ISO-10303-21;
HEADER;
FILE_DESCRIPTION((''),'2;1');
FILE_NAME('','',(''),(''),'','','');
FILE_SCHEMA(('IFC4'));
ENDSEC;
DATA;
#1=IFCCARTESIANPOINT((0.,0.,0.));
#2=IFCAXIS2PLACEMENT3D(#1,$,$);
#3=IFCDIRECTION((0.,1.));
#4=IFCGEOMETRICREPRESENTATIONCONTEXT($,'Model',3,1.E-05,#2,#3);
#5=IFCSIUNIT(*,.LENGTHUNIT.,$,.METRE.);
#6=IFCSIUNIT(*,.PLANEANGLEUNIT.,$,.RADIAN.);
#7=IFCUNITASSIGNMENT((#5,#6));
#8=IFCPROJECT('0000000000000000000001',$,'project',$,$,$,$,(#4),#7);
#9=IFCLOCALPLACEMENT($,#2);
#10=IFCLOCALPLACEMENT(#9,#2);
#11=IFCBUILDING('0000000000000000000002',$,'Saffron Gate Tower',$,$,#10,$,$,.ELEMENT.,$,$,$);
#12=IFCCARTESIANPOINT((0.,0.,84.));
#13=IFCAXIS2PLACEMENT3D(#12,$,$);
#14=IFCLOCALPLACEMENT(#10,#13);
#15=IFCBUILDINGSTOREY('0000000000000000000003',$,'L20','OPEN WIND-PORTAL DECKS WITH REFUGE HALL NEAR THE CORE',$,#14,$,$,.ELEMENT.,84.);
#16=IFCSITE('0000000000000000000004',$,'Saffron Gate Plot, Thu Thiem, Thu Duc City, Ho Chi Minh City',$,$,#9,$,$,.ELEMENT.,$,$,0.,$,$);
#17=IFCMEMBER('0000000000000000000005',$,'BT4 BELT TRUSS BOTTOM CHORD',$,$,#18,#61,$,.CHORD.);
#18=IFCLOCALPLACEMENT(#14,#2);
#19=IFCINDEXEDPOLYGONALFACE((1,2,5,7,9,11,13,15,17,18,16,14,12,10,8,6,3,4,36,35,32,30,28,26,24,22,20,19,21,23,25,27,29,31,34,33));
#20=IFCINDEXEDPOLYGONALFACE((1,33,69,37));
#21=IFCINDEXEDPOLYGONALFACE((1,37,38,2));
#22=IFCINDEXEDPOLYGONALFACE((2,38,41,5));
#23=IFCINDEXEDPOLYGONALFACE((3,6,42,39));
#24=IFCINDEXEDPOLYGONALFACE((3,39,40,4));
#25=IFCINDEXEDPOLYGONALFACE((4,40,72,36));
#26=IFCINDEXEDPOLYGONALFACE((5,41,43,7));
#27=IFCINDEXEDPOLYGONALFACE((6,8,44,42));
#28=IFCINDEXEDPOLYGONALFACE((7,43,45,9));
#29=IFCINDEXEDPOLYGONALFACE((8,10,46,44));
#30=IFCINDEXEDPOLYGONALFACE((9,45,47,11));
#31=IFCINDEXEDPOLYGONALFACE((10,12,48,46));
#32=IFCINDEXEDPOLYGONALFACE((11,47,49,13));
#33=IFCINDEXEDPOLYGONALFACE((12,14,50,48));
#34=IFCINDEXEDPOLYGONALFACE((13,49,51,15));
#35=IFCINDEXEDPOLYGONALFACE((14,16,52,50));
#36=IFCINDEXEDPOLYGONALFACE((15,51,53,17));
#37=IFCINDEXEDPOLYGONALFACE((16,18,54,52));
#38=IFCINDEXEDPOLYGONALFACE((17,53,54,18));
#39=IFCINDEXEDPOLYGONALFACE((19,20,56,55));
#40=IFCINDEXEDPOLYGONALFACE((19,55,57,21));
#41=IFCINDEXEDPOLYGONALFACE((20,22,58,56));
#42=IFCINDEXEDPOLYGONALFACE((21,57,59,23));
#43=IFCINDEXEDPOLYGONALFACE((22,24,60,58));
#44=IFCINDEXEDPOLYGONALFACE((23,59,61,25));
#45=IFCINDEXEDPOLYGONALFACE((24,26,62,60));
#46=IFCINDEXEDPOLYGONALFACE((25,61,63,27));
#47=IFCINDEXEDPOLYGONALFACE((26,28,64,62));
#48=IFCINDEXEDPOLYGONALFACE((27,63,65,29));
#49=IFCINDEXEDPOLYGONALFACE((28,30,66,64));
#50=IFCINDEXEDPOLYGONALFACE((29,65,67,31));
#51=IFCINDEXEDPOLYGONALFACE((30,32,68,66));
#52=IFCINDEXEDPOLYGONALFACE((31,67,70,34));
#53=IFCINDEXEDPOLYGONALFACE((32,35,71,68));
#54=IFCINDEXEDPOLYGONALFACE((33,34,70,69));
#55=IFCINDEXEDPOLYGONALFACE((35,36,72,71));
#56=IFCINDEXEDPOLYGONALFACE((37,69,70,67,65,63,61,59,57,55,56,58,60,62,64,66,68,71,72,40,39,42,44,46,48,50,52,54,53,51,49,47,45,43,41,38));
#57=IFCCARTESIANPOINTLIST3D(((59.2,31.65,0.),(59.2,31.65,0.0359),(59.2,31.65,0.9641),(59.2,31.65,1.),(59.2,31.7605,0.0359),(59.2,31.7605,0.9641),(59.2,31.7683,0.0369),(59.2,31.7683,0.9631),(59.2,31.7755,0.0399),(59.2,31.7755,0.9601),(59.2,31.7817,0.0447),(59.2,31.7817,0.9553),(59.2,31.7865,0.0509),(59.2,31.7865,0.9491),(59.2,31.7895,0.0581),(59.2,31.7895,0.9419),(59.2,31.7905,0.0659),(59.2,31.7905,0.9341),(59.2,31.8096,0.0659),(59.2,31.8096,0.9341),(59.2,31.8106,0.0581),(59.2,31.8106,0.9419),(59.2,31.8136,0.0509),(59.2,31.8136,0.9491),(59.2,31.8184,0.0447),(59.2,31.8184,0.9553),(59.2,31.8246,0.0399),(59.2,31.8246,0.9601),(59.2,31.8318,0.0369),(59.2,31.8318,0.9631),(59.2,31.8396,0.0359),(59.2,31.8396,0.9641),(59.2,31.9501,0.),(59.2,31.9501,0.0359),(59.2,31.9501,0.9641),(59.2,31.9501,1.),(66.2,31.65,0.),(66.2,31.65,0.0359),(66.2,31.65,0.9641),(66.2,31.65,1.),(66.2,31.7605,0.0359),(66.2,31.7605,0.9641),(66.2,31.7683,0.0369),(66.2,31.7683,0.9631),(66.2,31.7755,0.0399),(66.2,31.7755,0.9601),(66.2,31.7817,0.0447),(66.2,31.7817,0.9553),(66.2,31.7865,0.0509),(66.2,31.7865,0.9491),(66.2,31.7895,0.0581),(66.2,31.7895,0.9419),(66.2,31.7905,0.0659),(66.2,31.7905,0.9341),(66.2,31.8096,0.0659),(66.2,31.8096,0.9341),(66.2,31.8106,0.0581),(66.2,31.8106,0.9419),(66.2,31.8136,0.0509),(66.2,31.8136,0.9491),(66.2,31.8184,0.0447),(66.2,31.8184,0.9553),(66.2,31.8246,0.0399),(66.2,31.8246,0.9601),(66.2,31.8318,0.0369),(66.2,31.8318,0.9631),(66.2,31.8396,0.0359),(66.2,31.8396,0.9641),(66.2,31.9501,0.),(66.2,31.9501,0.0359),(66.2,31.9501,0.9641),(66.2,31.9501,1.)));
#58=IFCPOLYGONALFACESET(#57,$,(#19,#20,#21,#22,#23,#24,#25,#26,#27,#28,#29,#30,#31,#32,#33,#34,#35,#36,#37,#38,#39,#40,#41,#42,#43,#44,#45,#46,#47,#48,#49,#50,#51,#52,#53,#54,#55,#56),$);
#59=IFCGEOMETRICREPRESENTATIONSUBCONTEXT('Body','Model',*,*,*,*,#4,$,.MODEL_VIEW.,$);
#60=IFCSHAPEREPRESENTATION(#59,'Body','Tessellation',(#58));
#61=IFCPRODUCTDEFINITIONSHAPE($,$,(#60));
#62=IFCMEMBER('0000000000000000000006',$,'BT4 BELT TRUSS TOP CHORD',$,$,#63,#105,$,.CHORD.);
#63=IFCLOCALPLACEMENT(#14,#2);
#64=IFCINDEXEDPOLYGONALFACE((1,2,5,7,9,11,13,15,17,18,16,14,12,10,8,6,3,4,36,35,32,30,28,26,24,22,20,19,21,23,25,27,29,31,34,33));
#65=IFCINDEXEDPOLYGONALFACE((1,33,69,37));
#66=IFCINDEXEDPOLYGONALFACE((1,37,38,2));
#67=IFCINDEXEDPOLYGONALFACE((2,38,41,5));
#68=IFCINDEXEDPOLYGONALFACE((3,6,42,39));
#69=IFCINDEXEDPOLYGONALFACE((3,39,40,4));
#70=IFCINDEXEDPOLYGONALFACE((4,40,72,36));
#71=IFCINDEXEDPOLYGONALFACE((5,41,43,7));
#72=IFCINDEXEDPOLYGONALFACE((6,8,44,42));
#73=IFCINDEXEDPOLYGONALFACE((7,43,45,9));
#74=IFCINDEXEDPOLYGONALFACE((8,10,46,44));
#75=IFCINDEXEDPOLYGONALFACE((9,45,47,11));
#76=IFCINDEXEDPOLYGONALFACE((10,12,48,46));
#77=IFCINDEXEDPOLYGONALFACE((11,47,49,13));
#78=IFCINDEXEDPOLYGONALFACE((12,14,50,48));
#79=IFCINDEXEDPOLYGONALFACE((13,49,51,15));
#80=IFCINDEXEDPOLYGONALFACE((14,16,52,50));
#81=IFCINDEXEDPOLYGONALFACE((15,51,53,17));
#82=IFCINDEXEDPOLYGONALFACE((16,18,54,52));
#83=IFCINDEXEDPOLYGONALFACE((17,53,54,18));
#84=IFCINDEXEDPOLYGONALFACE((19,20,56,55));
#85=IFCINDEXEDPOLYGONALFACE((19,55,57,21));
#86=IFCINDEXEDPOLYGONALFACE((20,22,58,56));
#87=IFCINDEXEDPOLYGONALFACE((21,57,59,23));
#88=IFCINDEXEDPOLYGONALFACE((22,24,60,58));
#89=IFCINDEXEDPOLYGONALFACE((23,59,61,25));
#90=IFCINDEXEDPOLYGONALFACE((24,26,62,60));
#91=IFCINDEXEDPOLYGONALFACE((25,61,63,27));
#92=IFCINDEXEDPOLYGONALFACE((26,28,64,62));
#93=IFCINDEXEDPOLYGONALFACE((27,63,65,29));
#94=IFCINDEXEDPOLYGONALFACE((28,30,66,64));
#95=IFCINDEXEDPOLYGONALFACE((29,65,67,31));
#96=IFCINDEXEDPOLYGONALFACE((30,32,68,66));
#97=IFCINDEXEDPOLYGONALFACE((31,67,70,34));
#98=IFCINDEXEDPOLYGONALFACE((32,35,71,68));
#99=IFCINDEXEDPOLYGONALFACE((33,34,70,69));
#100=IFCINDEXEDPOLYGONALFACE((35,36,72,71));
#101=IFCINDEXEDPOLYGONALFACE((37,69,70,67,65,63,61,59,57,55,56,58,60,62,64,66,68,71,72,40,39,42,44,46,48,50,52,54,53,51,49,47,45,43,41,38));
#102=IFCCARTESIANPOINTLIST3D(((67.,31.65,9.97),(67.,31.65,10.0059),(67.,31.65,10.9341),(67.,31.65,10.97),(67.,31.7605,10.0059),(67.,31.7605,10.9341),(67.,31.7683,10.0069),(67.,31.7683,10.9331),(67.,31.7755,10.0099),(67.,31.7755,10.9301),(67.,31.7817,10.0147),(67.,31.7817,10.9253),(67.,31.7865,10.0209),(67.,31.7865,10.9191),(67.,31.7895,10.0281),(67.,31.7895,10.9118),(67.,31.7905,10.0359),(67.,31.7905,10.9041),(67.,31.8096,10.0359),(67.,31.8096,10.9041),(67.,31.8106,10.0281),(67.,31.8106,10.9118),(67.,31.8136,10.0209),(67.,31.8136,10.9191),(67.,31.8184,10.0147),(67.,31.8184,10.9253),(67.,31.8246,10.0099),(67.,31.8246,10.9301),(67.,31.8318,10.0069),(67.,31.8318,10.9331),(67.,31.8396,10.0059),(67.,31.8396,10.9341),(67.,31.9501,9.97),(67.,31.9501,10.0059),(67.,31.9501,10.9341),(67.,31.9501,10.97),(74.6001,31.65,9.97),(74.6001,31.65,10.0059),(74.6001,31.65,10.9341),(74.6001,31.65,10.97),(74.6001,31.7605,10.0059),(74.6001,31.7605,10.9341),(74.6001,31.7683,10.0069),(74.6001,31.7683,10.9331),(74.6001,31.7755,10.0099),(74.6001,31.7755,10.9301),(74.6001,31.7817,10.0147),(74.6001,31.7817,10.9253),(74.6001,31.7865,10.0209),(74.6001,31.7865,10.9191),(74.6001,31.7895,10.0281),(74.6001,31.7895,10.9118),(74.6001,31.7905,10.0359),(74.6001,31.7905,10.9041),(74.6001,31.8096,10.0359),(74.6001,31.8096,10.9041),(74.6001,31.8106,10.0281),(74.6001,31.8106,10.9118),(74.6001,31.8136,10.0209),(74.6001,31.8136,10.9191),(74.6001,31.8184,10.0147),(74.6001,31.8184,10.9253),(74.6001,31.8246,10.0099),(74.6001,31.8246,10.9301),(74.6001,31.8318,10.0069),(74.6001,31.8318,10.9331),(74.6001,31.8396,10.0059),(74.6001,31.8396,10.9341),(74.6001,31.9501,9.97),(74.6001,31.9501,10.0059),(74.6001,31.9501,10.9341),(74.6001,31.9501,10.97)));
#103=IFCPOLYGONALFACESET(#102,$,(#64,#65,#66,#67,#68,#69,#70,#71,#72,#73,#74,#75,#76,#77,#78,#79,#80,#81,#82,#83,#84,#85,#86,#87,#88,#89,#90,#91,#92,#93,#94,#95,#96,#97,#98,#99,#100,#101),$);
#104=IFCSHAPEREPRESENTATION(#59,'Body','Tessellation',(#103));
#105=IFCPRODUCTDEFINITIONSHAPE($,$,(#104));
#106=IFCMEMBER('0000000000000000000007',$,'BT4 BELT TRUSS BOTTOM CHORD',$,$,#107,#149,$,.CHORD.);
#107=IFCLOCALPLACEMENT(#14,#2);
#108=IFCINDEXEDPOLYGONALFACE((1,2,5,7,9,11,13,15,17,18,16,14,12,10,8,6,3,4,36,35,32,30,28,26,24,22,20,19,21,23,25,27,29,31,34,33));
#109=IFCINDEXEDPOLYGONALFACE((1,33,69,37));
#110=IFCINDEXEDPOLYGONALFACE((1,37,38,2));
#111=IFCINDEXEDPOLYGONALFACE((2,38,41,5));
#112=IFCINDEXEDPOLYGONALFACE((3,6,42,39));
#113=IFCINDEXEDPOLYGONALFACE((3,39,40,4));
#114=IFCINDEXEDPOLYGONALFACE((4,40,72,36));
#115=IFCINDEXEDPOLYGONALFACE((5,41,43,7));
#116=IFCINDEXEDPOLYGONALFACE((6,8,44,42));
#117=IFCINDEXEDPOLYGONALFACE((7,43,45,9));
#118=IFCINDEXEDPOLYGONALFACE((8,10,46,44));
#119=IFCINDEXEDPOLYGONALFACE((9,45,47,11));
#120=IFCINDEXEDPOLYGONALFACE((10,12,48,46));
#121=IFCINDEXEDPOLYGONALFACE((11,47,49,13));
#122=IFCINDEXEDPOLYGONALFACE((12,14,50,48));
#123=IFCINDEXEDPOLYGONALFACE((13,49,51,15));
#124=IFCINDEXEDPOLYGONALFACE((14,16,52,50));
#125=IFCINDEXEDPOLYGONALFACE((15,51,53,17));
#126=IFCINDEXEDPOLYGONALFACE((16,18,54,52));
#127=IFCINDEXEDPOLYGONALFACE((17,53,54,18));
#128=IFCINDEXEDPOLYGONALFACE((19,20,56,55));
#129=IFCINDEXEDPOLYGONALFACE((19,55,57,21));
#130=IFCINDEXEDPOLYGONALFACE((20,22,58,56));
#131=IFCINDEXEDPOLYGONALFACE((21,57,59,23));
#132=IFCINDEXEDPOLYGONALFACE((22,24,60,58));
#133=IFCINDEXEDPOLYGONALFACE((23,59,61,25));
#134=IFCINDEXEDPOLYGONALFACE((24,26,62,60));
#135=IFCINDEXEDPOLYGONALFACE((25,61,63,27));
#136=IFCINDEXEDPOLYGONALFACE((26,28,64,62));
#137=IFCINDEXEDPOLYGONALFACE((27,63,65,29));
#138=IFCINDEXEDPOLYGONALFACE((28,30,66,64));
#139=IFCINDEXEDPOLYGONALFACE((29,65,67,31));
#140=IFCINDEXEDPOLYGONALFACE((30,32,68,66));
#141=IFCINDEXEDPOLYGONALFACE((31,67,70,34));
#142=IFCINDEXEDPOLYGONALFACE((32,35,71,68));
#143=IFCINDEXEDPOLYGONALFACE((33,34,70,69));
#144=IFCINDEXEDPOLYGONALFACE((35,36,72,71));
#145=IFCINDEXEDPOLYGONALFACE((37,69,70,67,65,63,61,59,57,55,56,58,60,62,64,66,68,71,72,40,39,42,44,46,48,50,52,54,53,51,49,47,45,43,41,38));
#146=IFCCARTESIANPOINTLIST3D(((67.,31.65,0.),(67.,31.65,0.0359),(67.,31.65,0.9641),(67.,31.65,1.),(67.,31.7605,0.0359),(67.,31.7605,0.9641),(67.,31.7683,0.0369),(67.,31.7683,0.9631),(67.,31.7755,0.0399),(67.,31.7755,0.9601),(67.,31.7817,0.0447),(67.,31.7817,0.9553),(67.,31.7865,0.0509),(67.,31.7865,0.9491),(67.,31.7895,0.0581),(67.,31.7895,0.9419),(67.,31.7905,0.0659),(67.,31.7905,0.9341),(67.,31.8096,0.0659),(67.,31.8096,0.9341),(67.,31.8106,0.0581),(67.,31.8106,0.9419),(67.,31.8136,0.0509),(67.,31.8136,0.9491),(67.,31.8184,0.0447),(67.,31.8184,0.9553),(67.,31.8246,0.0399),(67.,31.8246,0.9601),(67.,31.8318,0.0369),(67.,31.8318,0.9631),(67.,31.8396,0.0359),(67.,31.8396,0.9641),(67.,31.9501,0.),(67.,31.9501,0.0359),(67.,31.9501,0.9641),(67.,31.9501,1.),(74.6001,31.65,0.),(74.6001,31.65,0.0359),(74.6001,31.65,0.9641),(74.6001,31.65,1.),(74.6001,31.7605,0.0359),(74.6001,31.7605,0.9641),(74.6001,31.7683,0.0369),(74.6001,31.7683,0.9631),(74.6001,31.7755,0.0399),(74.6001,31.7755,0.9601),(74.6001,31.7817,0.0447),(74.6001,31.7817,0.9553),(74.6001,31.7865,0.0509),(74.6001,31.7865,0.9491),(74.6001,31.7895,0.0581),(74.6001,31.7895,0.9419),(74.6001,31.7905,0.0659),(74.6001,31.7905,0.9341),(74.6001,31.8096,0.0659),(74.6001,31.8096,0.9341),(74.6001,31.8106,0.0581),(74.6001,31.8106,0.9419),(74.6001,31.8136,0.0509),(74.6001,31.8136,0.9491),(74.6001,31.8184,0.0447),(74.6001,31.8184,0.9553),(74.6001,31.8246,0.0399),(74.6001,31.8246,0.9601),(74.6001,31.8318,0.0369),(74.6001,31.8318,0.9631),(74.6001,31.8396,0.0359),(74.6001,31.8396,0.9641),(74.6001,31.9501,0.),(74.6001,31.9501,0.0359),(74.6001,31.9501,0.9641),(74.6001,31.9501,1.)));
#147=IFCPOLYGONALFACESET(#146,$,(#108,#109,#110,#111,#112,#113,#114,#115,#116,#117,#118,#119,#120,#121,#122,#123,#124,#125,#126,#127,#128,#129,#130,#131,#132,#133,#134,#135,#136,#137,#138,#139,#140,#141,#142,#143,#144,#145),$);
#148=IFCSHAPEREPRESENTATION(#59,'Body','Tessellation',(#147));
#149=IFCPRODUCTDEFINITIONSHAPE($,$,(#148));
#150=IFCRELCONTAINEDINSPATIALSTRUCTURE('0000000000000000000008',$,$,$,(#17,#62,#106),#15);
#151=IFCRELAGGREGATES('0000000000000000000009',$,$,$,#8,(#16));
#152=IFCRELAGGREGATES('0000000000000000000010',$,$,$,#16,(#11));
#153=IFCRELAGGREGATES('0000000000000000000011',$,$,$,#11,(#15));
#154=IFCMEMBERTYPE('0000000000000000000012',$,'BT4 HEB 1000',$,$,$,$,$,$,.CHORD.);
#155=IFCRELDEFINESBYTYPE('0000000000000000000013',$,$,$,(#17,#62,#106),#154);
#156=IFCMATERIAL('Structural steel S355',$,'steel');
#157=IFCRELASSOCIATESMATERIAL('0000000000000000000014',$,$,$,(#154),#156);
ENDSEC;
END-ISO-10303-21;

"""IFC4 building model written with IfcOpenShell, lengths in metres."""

from ifc_helpers import new_model, si_unit, direction, frame, origin, origin_2d, place, context, subcontext, project, spatial, i_section, extrude, material, material_profile, profile_set, type_object, element, save


model = new_model("IFC4")

# Units and contexts
model_context = context("Model", 3, precision=1e-05, world=origin(), true_north=direction((0.0, 1.0)))
body_context = subcontext(model_context, "Body", "Model", "MODEL_VIEW")
ifc_project = project(units=[si_unit("LENGTHUNIT", "METRE"), si_unit("PLANEANGLEUNIT", "RADIAN")], contexts=[model_context])

# Site, building, storey
site_placement = place(None, origin())
site = spatial("IfcSite", under=ifc_project, at=site_placement, Name="Saffron Gate Plot, Thu Thiem, Thu Duc City, Ho Chi Minh City", CompositionType="ELEMENT", RefElevation=0.0)
building_placement = place(site_placement, origin())
building = spatial("IfcBuilding", under=site, at=building_placement, Name="Saffron Gate Tower", CompositionType="ELEMENT")
storey_placement = place(building_placement, frame((0.0, 0.0, 84.0)))
storey = spatial("IfcBuildingStorey", under=building, at=storey_placement, Name="L20", Description="OPEN WIND-PORTAL DECKS WITH REFUGE HALL NEAR THE CORE", CompositionType="ELEMENT", Elevation=84.0)

# Shared definitions
ifc_material_1 = material(Name="Structural steel S355", Category="steel")

# Members
ifc_material_profile_1 = material_profile(ifc_material_1, i_section(OverallWidth=0.3, OverallDepth=1.0, WebThickness=0.019, FlangeThickness=0.0359, FilletRadius=0.03, at=origin_2d()))
ifc_profile_set_1 = profile_set([ifc_material_profile_1], Name="Structural steel S355")
member_type_1 = type_object("IfcMemberType", Name="BT4 HEB 1000", PredefinedType="CHORD", material=ifc_profile_set_1)
for number, where, z_axis, x_axis, name in (
    (1, (59.2, 31.8, 0.5), (1.0, 0.0, 0.0), (0.0, 1.0, 0.0), "BT4 BELT TRUSS BOTTOM CHORD"),
):
    element("IfcMember", number, at=place(storey_placement, frame(where, z_axis=z_axis, x_axis=x_axis)), inside=storey, type_object=member_type_1, Name=name, PredefinedType="CHORD", context=body_context, shape_type="SweptSolid", body=[
        extrude(i_section(OverallWidth=0.3, OverallDepth=1.0, WebThickness=0.019, FlangeThickness=0.0359, FilletRadius=0.03, at=origin_2d()), origin(), (0.0, 0.0, 1.0), 7.0),
    ])
for number, where, z_axis, x_axis, name in (
    (2, (67.0, 31.8, 10.47), (1.0, 0.0, 0.0), (0.0, 1.0, 0.0), "BT4 BELT TRUSS TOP CHORD"),
    (3, (67.0, 31.8, 0.5), (1.0, 0.0, 0.0), (0.0, 1.0, 0.0), "BT4 BELT TRUSS BOTTOM CHORD"),
):
    element("IfcMember", number, at=place(storey_placement, frame(where, z_axis=z_axis, x_axis=x_axis)), inside=storey, type_object=member_type_1, Name=name, PredefinedType="CHORD", context=body_context, shape_type="SweptSolid", body=[
        extrude(i_section(OverallWidth=0.3, OverallDepth=1.0, WebThickness=0.019, FlangeThickness=0.0359, FilletRadius=0.03, at=origin_2d()), origin(), (0.0, 0.0, 1.0), 7.6001),
    ])

save(model, "model.ifc")
